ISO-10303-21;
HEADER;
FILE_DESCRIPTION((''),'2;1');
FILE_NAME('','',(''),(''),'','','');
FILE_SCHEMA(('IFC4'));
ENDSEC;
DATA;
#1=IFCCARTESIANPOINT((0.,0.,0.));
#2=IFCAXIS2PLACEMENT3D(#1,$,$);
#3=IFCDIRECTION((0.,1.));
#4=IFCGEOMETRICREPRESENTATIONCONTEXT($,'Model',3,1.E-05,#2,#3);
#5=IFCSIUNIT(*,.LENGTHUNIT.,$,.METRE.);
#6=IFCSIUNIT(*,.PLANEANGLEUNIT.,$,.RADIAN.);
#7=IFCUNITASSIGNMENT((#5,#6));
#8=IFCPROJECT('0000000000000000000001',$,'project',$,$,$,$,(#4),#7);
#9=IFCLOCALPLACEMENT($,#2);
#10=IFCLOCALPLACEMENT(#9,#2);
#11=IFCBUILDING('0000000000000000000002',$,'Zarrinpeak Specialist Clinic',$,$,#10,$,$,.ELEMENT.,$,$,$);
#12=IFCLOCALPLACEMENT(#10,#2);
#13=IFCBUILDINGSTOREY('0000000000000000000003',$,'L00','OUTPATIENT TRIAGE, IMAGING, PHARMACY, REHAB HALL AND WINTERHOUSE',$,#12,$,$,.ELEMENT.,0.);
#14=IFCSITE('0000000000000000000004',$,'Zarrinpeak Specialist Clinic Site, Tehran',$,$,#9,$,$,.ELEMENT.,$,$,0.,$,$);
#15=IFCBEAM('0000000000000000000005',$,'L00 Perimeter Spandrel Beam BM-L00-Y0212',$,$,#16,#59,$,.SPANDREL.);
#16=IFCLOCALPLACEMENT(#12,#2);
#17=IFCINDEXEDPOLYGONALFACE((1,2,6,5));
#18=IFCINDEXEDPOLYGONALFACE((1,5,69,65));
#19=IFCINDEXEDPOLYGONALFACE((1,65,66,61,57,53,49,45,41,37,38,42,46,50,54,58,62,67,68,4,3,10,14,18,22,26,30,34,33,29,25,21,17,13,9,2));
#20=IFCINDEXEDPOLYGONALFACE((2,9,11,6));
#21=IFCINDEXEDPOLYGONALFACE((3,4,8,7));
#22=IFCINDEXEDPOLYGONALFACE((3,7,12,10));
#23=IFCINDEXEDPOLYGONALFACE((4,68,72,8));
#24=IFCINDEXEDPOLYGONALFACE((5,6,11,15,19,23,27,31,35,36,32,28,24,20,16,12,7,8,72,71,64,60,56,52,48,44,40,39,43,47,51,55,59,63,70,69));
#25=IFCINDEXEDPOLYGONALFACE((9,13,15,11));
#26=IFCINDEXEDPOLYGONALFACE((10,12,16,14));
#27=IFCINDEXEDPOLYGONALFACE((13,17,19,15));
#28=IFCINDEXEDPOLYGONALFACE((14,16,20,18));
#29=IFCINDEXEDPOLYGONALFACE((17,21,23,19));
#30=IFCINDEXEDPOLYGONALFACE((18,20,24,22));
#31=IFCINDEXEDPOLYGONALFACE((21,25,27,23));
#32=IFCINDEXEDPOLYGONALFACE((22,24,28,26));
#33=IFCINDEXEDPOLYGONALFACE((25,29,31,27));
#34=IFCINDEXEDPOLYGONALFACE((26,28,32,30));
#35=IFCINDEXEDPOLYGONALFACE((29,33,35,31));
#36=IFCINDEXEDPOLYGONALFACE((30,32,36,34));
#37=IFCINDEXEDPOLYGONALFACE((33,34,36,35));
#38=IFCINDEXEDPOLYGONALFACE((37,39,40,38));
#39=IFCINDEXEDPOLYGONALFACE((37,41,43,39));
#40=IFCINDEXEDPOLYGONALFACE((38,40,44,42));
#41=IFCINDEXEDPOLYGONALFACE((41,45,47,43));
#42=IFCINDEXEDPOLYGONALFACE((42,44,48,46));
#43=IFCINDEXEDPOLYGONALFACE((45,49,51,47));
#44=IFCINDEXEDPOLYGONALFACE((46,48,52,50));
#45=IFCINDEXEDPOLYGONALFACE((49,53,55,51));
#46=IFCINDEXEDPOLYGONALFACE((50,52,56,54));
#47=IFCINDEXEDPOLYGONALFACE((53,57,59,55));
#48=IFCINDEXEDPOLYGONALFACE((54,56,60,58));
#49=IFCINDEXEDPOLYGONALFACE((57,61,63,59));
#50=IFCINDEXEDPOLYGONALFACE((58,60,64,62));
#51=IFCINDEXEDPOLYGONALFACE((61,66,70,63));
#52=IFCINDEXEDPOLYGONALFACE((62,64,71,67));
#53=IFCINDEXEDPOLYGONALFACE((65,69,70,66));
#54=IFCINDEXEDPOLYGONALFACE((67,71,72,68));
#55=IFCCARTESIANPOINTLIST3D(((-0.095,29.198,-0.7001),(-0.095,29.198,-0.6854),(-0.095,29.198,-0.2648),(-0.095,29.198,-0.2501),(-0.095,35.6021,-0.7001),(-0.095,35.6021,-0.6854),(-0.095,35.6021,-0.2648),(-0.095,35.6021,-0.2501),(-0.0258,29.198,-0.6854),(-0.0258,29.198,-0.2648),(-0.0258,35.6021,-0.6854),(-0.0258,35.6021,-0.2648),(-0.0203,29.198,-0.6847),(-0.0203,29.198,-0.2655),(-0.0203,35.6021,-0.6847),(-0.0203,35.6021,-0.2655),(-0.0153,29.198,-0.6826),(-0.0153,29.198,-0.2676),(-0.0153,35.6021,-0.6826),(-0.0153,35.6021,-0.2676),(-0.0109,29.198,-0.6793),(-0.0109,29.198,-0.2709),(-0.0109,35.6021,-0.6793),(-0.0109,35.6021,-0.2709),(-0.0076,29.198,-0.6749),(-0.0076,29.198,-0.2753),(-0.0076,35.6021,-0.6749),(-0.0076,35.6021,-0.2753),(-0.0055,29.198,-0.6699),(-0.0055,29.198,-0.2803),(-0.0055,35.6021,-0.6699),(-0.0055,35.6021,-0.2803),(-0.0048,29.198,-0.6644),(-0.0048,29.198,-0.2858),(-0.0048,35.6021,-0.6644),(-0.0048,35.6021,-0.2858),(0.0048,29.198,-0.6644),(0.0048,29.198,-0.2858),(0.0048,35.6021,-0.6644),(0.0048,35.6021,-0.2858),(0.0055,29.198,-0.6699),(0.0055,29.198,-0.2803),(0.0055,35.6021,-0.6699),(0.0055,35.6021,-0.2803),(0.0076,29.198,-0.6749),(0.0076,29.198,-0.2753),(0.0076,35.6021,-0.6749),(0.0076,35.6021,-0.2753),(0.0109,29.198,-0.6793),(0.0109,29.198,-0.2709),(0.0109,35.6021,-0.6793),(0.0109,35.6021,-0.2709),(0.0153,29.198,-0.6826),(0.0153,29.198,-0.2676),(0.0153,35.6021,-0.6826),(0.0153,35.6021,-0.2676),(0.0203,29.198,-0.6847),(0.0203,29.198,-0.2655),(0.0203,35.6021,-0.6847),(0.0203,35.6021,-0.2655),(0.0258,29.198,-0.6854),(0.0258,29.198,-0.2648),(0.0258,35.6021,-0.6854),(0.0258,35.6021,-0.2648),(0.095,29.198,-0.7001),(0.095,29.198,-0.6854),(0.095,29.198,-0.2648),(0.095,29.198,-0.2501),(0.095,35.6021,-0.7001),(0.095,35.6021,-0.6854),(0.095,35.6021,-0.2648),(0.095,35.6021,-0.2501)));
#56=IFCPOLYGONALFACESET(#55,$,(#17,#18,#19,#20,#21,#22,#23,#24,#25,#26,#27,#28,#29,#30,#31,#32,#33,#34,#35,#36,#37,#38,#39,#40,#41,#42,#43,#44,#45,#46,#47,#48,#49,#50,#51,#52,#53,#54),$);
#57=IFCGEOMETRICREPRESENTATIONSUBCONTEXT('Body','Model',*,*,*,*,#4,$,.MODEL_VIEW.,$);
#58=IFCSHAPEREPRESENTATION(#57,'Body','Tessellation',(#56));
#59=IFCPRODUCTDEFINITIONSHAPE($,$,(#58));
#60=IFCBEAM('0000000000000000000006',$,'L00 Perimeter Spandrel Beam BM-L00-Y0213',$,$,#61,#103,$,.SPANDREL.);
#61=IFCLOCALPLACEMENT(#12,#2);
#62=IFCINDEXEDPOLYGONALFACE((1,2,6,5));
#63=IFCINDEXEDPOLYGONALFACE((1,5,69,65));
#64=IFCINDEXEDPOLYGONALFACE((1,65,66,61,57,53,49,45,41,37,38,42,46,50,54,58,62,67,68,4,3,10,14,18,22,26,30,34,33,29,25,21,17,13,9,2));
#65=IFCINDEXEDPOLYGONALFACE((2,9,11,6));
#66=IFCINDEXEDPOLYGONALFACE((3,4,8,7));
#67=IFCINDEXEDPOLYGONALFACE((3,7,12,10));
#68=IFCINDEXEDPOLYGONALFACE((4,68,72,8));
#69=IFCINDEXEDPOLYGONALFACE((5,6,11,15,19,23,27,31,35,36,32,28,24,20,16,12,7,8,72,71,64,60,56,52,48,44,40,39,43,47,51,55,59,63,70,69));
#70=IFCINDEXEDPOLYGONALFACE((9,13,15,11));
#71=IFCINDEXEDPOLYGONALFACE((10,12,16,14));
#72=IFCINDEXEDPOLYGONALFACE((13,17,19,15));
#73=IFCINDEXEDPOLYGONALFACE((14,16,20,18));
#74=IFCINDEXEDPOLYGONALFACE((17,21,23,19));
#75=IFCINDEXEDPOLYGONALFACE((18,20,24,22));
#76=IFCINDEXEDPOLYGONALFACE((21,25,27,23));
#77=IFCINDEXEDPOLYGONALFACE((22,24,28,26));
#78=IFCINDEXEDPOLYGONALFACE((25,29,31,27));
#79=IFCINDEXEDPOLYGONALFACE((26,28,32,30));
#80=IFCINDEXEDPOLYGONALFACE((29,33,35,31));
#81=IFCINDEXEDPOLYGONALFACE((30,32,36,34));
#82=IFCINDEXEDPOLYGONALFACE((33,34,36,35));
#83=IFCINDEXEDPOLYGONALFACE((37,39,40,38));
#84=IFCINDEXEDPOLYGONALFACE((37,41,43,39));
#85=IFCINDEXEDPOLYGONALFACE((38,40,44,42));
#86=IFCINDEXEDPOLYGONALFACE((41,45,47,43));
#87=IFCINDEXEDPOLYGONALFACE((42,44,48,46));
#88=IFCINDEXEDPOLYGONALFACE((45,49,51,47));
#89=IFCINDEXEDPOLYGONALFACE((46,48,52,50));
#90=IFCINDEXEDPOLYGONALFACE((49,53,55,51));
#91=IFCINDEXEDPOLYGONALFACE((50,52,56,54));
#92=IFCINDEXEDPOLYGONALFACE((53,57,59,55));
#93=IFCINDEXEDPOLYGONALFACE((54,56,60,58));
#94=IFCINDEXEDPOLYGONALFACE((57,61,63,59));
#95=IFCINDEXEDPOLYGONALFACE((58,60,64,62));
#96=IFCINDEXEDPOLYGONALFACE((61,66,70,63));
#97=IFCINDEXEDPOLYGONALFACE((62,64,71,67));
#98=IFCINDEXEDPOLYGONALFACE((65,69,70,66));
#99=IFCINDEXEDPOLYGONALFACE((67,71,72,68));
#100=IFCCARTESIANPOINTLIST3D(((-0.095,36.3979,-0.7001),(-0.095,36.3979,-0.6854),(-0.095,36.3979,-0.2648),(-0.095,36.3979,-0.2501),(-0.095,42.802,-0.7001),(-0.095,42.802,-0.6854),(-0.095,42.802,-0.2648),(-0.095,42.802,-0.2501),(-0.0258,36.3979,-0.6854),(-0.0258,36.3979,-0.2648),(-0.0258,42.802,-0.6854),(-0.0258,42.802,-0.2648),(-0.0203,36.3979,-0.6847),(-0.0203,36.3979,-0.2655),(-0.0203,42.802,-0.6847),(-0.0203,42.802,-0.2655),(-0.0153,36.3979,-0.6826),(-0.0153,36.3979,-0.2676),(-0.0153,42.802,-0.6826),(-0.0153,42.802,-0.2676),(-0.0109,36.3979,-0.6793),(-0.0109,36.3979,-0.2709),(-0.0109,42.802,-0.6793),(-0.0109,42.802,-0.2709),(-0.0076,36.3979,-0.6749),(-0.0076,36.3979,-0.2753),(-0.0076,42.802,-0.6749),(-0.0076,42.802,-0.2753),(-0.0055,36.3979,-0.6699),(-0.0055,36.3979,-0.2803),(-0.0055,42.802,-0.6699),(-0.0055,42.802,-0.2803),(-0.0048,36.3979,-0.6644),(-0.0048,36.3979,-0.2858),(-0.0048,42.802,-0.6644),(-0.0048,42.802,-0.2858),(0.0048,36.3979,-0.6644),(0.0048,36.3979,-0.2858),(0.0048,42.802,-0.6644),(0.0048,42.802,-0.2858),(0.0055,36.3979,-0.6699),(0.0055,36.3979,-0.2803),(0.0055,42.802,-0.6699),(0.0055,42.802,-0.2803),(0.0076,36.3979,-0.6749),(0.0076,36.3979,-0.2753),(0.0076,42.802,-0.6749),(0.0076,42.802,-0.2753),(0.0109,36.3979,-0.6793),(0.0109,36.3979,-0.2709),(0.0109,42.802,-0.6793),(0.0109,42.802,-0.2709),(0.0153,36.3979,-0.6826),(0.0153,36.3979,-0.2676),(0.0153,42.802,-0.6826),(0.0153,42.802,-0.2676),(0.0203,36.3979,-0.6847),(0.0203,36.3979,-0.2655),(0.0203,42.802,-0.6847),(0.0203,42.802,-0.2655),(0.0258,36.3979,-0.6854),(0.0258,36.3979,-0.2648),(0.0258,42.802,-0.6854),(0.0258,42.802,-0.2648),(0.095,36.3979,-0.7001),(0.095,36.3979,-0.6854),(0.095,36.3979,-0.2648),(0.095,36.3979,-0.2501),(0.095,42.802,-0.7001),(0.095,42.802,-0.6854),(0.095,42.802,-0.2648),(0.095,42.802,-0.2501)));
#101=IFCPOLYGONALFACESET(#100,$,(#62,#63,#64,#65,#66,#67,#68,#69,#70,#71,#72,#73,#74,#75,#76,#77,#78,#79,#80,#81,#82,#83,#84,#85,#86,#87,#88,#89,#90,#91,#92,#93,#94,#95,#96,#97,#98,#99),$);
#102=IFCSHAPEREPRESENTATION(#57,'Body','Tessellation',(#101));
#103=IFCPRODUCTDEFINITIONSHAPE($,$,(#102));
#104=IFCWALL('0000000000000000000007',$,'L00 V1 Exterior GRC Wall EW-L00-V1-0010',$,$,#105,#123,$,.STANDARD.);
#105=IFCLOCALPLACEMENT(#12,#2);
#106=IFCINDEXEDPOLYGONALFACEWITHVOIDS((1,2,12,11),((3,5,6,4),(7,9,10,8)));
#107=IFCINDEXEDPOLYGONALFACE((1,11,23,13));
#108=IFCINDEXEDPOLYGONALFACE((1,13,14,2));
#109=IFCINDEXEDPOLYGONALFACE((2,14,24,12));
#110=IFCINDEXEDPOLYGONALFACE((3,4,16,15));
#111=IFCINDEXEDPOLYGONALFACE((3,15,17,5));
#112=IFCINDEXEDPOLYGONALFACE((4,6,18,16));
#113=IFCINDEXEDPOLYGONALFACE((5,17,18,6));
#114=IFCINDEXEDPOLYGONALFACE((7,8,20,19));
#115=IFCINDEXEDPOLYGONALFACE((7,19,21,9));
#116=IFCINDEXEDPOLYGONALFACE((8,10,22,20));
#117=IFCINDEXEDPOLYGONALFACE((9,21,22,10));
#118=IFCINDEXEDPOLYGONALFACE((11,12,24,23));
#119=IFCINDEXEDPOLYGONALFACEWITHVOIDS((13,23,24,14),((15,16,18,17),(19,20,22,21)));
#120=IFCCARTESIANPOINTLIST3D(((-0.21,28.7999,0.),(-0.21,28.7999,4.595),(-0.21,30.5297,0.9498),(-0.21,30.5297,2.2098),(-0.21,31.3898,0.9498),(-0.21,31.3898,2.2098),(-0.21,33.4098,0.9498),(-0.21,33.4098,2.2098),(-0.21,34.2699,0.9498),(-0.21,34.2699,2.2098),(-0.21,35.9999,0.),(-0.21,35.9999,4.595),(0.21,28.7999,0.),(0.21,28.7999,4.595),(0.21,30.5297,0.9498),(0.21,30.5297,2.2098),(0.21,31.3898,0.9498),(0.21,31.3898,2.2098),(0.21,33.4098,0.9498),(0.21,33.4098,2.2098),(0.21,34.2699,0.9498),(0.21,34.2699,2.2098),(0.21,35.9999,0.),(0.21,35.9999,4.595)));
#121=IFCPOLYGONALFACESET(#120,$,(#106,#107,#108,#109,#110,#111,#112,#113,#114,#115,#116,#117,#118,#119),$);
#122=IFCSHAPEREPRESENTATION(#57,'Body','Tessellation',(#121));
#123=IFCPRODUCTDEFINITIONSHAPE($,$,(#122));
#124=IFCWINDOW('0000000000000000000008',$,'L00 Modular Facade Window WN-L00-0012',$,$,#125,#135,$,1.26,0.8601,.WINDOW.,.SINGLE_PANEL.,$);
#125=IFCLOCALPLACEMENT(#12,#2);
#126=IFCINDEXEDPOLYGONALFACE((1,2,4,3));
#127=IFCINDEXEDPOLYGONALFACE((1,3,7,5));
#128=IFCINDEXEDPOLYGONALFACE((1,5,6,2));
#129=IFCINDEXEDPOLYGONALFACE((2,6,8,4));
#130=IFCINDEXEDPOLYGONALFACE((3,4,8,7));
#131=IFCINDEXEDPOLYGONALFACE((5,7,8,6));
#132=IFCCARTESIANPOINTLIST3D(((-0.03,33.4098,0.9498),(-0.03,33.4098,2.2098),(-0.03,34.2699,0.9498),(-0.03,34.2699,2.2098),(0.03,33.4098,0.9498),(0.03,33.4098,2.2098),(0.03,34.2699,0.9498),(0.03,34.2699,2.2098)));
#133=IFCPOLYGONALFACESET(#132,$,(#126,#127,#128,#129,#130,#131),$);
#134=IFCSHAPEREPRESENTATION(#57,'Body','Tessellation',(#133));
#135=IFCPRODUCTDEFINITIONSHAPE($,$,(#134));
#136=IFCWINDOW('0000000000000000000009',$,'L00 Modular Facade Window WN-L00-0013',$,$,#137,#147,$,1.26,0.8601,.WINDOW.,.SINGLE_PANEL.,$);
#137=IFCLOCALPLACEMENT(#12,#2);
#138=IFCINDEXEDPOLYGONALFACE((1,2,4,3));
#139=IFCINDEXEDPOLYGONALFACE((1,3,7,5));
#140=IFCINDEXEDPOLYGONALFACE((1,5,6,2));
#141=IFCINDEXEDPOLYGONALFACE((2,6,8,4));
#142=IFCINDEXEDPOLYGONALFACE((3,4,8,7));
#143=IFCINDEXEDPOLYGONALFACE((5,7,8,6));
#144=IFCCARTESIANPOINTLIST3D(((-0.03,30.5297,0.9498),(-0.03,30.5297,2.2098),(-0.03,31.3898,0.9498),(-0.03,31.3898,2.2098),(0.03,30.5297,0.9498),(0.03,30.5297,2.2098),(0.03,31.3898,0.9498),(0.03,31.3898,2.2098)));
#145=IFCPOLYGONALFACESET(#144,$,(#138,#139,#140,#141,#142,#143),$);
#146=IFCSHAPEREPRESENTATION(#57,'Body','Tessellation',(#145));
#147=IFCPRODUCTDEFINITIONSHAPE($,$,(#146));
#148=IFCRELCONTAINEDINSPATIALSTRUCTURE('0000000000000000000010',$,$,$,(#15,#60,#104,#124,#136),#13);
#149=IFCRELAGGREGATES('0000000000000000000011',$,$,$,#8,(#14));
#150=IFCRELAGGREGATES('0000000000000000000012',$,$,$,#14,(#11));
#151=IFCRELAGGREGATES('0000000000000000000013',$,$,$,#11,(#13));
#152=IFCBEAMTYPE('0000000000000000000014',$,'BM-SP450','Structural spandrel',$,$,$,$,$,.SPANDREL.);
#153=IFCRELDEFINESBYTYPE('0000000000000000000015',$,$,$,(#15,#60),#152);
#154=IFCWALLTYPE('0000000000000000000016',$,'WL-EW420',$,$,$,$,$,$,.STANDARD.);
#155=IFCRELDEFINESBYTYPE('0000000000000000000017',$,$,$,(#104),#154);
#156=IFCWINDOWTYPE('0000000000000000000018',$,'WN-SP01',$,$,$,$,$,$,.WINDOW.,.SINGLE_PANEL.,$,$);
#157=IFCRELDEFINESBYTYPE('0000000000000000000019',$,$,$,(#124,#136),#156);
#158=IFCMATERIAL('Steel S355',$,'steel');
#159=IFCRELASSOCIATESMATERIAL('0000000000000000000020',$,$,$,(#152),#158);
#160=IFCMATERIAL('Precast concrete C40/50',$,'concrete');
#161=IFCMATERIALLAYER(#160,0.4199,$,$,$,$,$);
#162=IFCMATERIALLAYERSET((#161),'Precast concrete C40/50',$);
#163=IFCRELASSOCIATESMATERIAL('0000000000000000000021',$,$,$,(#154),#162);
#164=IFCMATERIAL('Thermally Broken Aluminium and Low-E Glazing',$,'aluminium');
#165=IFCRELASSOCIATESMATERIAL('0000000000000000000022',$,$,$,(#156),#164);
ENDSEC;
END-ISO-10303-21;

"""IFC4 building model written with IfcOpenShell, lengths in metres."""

from ifc_helpers import new_model, si_unit, direction, frame, frame_2d, origin, origin_2d, place, context, subcontext, project, spatial, rectangle, i_section, extrude, material, layer, layer_set, material_profile, profile_set, type_object, element, fill, save


model = new_model("IFC4")

# Units and contexts
model_context = context("Model", 3, precision=1e-05, world=origin(), true_north=direction((0.0, 1.0)))
body_context = subcontext(model_context, "Body", "Model", "MODEL_VIEW")
ifc_project = project(units=[si_unit("LENGTHUNIT", "METRE"), si_unit("PLANEANGLEUNIT", "RADIAN")], contexts=[model_context])

# Site, building, storey
site_placement = place(None, origin())
site = spatial("IfcSite", under=ifc_project, at=site_placement, Name="Zarrinpeak Specialist Clinic Site, Tehran", CompositionType="ELEMENT", RefElevation=0.0)
building_placement = place(site_placement, origin())
building = spatial("IfcBuilding", under=site, at=building_placement, Name="Zarrinpeak Specialist Clinic", CompositionType="ELEMENT")
storey_placement = place(building_placement, origin())
storey = spatial("IfcBuildingStorey", under=building, at=storey_placement, Name="L00", Description="OUTPATIENT TRIAGE, IMAGING, PHARMACY, REHAB HALL AND WINTERHOUSE", CompositionType="ELEMENT", Elevation=0.0)

# Shared definitions
ifc_material_1 = material(Name="Steel S355", Category="steel")

# Beams
ifc_material_profile_1 = material_profile(ifc_material_1, i_section(OverallWidth=0.1899, OverallDepth=0.45, WebThickness=0.0095, FlangeThickness=0.0146, FilletRadius=0.021, at=origin_2d()), Name="IPE 450")
ifc_profile_set_1 = profile_set([ifc_material_profile_1], Name="Steel S355")
beam_type_1 = type_object("IfcBeamType", Name="BM-SP450", Description="Structural spandrel", PredefinedType="SPANDREL", material=ifc_profile_set_1)
for number, where, z_axis, x_axis, name in (
    (1, (0.0, 29.198, -0.4751), (0.0, 1.0, 0.0), (-1.0, 0.0, 0.0), "L00 Perimeter Spandrel Beam BM-L00-Y0212"),
    (2, (0.0, 36.3979, -0.4751), (0.0, 1.0, 0.0), (-1.0, 0.0, 0.0), "L00 Perimeter Spandrel Beam BM-L00-Y0213"),
):
    element("IfcBeam", number, at=place(storey_placement, frame(where, z_axis=z_axis, x_axis=x_axis)), inside=storey, type_object=beam_type_1, Name=name, PredefinedType="SPANDREL", context=body_context, shape_type="SweptSolid", body=[
        extrude(i_section(OverallWidth=0.1899, OverallDepth=0.45, WebThickness=0.0095, FlangeThickness=0.0146, FilletRadius=0.021, at=origin_2d()), origin(), (0.0, 0.0, 1.0), 6.4041),
    ])

# Wall, openings, windows
ifc_material_2 = material(Name="Precast concrete C40/50", Category="concrete")
ifc_layer_1 = layer(ifc_material_2, 0.4199)
ifc_layer_set_1 = layer_set([ifc_layer_1], Name="Precast concrete C40/50")
wall_type_1 = type_object("IfcWallType", Name="WL-EW420", PredefinedType="STANDARD", material=ifc_layer_set_1)
wall_1_placement = place(storey_placement, frame((0.0, 36.0, 0.0), z_axis=(0.0, 0.0, 1.0), x_axis=(0.0, -1.0, 0.0)))
wall_1 = element("IfcWall", 3, at=wall_1_placement, inside=storey, type_object=wall_type_1, Name="L00 V1 Exterior GRC Wall EW-L00-V1-0010", PredefinedType="STANDARD", context=body_context, shape_type="SweptSolid", body=[
    extrude(rectangle(XDim=7.2, YDim=0.4199, at=frame_2d((3.6001, 0.0))), origin(), (0.0, 0.0, 1.0), 4.595),
])
opening_1_placement = place(wall_1_placement, frame((1.73, 0.0, 0.95)))
opening_1 = element("IfcOpeningElement", 4, at=opening_1_placement, cuts=wall_1, PredefinedType="OPENING", context=body_context, shape_type="SweptSolid", body=[
    extrude(rectangle(XDim=0.8601, YDim=1.26, at=frame_2d((0.4302, 0.6299))), frame((0.0, 0.22, 0.0), z_axis=(0.0, -1.0, 0.0), x_axis=(1.0, 0.0, 0.0)), (0.0, 0.0, 1.0), 0.4399),
])
opening_2_placement = place(wall_1_placement, frame((4.6101, 0.0, 0.95)))
opening_2 = element("IfcOpeningElement", 5, at=opening_2_placement, cuts=wall_1, PredefinedType="OPENING", context=body_context, shape_type="SweptSolid", body=[
    extrude(rectangle(XDim=0.8601, YDim=1.26, at=frame_2d((0.4302, 0.6299))), frame((0.0, 0.22, 0.0), z_axis=(0.0, -1.0, 0.0), x_axis=(1.0, 0.0, 0.0)), (0.0, 0.0, 1.0), 0.4399),
])
ifc_material_3 = material(Name="Thermally Broken Aluminium and Low-E Glazing", Category="aluminium")
window_type_1 = type_object("IfcWindowType", Name="WN-SP01", PartitioningType="SINGLE_PANEL", PredefinedType="WINDOW", material=ifc_material_3)
window_1_placement = place(opening_1_placement, origin())
window_1 = element("IfcWindow", 6, at=window_1_placement, inside=storey, type_object=window_type_1, Name="L00 Modular Facade Window WN-L00-0012", OverallHeight=1.26, OverallWidth=0.8601, PartitioningType="SINGLE_PANEL", PredefinedType="WINDOW", context=body_context, shape_type="SweptSolid", body=[
    extrude(rectangle(XDim=0.8601, YDim=1.26, at=frame_2d((0.4302, 0.6299))), frame((0.0, 0.03, 0.0), z_axis=(0.0, -1.0, 0.0), x_axis=(1.0, 0.0, 0.0)), (0.0, 0.0, 1.0), 0.0601),
])
fill(opening_1, window_1)
window_2_placement = place(opening_2_placement, origin())
window_2 = element("IfcWindow", 7, at=window_2_placement, inside=storey, type_object=window_type_1, Name="L00 Modular Facade Window WN-L00-0013", OverallHeight=1.26, OverallWidth=0.8601, PartitioningType="SINGLE_PANEL", PredefinedType="WINDOW", context=body_context, shape_type="SweptSolid", body=[
    extrude(rectangle(XDim=0.8601, YDim=1.26, at=frame_2d((0.4302, 0.6299))), frame((0.0, 0.03, 0.0), z_axis=(0.0, -1.0, 0.0), x_axis=(1.0, 0.0, 0.0)), (0.0, 0.0, 1.0), 0.0601),
])
fill(opening_2, window_2)

save(model, "model.ifc")
